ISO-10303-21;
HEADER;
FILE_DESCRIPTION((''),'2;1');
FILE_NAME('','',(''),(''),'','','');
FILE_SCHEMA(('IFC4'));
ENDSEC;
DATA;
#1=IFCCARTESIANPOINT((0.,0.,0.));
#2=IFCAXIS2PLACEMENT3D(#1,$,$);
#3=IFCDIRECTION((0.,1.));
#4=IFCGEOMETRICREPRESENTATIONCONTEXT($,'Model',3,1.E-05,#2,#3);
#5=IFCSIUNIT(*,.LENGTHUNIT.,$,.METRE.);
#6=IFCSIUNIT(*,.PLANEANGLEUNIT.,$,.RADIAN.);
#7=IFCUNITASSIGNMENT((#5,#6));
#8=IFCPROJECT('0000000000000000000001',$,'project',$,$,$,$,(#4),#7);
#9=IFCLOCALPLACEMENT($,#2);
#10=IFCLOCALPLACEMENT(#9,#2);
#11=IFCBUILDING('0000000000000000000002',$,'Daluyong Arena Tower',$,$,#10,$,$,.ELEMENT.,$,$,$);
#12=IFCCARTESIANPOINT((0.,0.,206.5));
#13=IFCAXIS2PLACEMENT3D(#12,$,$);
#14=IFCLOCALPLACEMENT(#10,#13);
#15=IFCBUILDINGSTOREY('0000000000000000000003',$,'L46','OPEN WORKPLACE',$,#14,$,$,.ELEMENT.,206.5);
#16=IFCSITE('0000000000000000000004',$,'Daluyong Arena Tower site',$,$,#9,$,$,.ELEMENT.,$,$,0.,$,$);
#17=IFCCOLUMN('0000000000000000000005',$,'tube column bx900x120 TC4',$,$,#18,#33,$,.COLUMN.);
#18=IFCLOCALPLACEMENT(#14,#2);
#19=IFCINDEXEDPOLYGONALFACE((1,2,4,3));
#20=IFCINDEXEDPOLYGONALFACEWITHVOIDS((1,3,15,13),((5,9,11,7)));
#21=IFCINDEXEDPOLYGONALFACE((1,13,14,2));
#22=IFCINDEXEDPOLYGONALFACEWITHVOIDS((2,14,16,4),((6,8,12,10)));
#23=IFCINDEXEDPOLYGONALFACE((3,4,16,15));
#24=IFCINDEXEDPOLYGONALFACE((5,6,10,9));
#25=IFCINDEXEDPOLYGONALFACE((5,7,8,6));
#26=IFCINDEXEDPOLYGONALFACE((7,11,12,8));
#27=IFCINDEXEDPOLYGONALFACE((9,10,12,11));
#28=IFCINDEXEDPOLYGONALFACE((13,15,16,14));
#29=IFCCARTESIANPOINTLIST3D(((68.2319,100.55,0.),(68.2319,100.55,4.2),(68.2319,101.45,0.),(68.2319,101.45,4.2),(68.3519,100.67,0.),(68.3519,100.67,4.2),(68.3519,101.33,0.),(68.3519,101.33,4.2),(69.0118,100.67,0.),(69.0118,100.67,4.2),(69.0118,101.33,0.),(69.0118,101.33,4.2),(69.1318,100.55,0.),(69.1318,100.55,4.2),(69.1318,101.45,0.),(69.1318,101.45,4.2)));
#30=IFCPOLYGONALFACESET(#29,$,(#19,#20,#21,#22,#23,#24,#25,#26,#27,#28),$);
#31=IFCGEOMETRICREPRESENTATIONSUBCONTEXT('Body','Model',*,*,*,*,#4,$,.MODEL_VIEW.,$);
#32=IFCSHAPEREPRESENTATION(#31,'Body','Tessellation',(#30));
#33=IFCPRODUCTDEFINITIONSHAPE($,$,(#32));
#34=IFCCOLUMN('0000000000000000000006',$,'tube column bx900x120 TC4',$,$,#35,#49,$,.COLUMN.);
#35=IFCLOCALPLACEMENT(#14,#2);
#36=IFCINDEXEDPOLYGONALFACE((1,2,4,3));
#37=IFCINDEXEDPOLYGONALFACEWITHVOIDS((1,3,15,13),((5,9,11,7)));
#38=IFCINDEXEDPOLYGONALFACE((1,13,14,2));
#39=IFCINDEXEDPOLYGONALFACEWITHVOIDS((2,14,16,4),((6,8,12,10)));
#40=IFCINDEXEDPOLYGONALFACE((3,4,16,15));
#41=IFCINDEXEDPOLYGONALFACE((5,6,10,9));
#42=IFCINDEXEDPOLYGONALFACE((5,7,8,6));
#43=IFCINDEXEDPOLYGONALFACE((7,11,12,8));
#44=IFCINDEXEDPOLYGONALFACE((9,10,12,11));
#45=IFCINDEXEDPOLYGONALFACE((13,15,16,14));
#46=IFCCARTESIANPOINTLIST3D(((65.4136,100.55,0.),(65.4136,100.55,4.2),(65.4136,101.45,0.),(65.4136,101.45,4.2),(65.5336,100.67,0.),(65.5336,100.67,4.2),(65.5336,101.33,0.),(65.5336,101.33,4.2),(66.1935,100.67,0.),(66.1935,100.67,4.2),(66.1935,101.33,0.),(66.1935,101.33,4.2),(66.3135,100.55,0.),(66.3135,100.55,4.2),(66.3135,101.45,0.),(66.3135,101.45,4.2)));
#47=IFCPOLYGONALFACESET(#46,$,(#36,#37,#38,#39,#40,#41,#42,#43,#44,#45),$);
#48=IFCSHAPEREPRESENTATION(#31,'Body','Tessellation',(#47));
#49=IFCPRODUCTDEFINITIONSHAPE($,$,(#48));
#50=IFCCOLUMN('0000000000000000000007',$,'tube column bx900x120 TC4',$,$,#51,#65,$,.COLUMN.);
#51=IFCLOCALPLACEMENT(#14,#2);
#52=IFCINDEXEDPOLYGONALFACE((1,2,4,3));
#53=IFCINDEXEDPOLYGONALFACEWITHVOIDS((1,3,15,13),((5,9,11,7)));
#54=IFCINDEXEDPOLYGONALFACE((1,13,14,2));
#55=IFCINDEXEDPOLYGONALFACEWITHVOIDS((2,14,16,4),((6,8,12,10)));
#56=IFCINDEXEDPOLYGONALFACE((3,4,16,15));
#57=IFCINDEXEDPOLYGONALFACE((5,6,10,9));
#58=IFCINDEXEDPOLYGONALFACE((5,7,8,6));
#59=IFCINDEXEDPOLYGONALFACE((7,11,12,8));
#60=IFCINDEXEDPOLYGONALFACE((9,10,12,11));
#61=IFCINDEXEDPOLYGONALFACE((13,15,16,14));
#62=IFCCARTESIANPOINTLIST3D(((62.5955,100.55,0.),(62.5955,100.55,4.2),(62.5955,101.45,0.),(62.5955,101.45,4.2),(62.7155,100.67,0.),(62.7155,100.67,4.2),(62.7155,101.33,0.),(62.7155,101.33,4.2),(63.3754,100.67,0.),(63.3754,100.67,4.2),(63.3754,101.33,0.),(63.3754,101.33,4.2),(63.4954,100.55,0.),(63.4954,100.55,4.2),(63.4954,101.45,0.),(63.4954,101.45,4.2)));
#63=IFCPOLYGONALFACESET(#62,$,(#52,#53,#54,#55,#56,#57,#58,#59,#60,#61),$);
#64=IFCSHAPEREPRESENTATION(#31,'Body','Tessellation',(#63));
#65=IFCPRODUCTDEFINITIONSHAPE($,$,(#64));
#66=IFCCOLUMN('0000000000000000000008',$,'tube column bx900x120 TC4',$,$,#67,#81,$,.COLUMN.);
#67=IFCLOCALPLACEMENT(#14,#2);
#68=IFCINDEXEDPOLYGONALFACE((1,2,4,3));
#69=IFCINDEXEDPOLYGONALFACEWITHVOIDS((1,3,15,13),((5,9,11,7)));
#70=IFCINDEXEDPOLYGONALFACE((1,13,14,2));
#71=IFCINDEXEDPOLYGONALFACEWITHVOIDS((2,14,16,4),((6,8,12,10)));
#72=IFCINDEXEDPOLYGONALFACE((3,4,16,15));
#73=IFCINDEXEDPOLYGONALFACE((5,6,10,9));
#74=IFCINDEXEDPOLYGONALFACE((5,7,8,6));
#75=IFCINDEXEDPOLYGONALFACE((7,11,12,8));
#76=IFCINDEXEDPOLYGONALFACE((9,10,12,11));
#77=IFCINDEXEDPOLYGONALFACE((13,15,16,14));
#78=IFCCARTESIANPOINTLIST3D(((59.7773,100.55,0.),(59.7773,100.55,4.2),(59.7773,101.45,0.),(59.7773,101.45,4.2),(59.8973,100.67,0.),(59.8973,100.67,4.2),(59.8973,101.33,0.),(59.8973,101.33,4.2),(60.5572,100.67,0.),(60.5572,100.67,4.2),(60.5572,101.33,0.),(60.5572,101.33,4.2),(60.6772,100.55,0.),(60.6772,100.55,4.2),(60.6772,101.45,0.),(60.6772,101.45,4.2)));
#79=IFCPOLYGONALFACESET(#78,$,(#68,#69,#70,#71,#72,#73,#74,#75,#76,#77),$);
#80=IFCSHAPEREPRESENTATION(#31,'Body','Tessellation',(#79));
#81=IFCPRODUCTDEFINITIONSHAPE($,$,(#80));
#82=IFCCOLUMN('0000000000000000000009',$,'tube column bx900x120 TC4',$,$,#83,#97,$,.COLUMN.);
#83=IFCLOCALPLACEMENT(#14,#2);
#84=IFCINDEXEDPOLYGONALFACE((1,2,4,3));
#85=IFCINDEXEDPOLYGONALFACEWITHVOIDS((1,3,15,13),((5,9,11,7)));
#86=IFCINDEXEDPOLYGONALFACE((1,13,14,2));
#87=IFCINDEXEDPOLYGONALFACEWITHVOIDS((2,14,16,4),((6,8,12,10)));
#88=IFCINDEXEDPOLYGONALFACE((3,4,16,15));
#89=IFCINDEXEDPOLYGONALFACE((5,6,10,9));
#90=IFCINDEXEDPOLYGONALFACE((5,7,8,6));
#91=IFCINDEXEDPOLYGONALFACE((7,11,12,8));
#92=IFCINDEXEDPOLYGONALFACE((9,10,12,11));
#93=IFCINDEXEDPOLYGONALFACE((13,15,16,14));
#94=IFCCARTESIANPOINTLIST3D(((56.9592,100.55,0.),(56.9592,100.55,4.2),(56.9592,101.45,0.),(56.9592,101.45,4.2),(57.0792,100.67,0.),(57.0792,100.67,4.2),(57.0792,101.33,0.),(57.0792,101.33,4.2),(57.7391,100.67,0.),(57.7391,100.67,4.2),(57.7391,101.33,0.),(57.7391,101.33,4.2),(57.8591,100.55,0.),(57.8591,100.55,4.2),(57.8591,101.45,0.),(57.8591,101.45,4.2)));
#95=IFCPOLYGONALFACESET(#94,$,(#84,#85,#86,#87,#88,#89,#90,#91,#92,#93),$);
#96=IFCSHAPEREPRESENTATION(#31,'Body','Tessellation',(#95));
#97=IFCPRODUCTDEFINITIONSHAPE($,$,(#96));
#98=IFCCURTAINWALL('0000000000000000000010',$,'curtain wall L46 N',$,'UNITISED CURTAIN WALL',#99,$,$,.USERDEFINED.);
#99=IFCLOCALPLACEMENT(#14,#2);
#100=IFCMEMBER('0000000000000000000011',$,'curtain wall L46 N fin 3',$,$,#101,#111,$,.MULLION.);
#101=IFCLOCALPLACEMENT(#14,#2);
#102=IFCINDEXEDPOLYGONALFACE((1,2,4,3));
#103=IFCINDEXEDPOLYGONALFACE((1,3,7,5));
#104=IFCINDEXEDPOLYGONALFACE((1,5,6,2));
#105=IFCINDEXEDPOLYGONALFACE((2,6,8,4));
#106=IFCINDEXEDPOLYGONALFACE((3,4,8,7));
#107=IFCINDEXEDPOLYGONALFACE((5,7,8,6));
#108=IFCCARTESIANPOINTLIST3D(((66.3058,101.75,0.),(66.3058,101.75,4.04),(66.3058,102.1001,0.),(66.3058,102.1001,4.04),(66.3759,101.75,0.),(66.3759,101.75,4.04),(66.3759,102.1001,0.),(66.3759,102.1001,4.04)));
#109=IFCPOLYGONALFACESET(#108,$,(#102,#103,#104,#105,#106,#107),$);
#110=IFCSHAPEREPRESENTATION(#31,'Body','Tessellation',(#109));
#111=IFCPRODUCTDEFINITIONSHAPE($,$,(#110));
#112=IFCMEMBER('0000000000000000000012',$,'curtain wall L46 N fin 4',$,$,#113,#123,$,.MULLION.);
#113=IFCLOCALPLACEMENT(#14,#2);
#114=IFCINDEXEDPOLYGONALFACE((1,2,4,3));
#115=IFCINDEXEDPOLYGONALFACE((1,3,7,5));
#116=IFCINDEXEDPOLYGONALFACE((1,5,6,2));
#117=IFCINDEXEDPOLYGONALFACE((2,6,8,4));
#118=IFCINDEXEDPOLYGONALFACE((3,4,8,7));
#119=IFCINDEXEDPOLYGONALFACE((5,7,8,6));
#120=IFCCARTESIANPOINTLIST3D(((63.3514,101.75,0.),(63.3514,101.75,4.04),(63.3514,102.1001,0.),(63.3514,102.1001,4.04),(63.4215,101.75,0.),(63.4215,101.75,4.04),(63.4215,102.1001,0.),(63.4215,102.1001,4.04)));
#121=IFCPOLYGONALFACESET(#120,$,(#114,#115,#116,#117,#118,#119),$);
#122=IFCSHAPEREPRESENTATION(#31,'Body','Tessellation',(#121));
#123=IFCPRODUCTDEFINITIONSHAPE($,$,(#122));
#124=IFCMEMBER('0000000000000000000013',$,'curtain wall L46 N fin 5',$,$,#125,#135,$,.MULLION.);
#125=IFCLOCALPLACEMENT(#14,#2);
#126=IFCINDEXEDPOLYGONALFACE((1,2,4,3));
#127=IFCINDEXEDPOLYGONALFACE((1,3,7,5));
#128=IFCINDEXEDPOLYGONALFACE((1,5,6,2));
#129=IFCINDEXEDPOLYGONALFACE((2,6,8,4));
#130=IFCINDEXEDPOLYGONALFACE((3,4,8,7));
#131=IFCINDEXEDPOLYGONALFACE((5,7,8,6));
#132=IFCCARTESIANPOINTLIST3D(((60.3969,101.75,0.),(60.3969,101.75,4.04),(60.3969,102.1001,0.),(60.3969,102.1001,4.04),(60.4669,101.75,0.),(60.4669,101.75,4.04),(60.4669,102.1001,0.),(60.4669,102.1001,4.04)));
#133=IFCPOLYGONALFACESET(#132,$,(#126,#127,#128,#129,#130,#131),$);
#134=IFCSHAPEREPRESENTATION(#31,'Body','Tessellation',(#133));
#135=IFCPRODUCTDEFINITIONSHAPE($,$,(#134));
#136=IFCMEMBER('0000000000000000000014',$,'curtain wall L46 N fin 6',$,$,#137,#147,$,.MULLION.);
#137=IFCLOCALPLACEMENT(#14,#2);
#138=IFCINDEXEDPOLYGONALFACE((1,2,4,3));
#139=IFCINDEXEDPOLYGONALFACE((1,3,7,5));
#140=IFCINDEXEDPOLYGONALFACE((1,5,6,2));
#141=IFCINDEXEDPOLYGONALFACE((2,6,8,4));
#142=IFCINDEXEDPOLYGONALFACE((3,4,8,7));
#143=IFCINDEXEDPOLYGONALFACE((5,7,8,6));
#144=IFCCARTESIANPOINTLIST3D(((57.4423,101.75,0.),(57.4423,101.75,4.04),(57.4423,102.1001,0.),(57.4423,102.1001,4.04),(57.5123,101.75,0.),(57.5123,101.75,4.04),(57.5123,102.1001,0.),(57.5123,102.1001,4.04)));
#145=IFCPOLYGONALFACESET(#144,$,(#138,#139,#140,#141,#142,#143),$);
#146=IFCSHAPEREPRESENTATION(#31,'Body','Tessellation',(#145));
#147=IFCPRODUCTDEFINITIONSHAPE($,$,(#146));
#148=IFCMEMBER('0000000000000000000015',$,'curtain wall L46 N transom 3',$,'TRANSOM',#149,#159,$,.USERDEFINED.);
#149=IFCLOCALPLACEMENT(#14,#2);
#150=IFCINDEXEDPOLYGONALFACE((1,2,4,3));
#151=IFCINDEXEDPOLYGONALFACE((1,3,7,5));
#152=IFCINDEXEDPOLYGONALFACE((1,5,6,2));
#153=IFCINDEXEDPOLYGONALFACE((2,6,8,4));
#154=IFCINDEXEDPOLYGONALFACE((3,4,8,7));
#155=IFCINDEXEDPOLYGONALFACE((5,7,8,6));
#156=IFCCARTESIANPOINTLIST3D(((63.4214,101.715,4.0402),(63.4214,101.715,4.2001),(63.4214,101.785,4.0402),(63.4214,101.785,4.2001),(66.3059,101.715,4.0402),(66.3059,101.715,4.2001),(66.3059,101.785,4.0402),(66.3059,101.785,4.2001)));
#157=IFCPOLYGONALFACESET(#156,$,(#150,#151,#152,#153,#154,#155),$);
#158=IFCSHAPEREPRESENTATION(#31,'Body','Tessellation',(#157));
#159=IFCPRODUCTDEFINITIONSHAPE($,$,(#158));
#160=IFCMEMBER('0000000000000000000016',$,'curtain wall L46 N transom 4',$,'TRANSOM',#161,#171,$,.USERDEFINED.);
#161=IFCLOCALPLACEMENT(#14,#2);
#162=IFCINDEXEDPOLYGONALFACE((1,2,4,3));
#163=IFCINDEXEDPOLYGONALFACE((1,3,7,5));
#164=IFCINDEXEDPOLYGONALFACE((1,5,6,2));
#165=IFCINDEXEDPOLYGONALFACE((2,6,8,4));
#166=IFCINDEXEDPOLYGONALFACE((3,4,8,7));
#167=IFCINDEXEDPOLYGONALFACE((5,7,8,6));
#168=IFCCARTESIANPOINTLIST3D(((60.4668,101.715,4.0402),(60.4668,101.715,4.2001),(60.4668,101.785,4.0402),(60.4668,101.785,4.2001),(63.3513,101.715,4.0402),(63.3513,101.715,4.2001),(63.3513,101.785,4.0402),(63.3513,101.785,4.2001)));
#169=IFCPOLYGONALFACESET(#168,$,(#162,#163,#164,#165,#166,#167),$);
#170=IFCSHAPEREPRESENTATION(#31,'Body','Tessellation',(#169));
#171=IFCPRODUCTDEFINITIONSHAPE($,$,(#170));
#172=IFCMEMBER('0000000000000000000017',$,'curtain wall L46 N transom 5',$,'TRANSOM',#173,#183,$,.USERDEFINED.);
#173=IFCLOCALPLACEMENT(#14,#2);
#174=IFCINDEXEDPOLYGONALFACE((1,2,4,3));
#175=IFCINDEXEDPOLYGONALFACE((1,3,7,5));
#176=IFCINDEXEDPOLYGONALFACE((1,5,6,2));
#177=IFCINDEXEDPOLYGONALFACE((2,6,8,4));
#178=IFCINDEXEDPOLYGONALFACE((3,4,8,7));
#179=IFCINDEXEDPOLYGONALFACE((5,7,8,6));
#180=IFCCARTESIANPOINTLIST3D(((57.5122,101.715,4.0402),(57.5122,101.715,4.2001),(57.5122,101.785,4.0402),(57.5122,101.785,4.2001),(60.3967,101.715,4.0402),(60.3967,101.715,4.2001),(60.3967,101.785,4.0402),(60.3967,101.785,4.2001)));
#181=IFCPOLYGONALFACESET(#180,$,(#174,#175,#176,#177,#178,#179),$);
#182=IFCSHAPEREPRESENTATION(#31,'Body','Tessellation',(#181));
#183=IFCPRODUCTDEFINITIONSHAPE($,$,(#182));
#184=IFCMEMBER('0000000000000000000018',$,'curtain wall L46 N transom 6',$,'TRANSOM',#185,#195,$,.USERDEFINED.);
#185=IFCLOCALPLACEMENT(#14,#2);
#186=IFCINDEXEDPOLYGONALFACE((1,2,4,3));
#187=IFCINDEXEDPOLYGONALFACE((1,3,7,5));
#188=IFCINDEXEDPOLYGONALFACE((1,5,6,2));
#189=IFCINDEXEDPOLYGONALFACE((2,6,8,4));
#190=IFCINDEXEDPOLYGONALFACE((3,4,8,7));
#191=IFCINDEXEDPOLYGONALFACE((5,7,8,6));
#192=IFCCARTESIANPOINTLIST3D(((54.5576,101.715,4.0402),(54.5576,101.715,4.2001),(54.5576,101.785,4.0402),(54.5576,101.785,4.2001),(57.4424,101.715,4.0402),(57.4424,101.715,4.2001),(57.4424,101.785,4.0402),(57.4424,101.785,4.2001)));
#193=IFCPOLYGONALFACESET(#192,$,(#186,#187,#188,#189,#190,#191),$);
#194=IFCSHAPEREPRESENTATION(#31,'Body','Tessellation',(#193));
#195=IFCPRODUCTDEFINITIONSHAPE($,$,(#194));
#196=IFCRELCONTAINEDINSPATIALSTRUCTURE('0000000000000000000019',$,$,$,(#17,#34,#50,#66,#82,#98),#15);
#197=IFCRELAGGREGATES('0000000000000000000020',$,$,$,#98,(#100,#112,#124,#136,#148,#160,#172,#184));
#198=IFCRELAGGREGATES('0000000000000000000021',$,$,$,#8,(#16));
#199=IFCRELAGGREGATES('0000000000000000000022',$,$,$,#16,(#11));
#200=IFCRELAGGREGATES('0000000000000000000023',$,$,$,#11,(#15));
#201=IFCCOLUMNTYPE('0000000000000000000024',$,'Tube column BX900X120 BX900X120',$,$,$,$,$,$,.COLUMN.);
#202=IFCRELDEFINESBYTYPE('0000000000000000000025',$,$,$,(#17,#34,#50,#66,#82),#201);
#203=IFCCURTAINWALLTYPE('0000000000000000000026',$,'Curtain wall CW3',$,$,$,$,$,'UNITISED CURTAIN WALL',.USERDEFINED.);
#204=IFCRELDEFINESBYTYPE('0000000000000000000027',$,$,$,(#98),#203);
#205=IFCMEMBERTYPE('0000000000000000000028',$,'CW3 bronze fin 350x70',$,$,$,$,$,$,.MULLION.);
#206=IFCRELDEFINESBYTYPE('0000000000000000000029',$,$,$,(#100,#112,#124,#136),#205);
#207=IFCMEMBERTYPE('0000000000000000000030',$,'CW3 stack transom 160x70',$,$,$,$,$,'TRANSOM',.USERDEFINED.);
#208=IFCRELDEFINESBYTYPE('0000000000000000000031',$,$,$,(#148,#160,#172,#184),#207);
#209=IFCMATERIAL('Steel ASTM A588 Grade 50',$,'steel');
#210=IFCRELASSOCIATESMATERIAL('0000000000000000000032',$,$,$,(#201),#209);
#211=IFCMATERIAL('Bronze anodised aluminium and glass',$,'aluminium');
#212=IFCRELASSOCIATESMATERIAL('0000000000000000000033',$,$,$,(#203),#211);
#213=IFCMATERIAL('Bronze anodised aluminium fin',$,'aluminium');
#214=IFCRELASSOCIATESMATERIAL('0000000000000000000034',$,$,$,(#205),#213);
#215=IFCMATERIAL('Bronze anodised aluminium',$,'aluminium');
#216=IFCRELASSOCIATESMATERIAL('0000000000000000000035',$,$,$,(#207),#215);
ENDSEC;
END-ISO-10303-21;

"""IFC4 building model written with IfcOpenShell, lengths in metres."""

from ifc_helpers import new_model, si_unit, direction, frame, origin, origin_2d, place, context, subcontext, project, spatial, rectangle, hollow_rectangle, extrude, material, material_profile, profile_set, type_object, element, aggregate, save


model = new_model("IFC4")

# Units and contexts
model_context = context("Model", 3, precision=1e-05, world=origin(), true_north=direction((0.0, 1.0)))
body_context = subcontext(model_context, "Body", "Model", "MODEL_VIEW")
ifc_project = project(units=[si_unit("LENGTHUNIT", "METRE"), si_unit("PLANEANGLEUNIT", "RADIAN")], contexts=[model_context])

# Site, building, storey
site_placement = place(None, origin())
site = spatial("IfcSite", under=ifc_project, at=site_placement, Name="Daluyong Arena Tower site", CompositionType="ELEMENT", RefElevation=0.0)
building_placement = place(site_placement, origin())
building = spatial("IfcBuilding", under=site, at=building_placement, Name="Daluyong Arena Tower", CompositionType="ELEMENT")
storey_placement = place(building_placement, frame((0.0, 0.0, 206.5)))
storey = spatial("IfcBuildingStorey", under=building, at=storey_placement, Name="L46", Description="OPEN WORKPLACE", CompositionType="ELEMENT", Elevation=206.5)

# Columns
ifc_material_1 = material(Name="Steel ASTM A588 Grade 50", Category="steel")
ifc_material_profile_1 = material_profile(ifc_material_1, hollow_rectangle(XDim=0.8999, YDim=0.8999, WallThickness=0.12, at=origin_2d()))
ifc_profile_set_1 = profile_set([ifc_material_profile_1], Name="Steel ASTM A588 Grade 50")
column_type = type_object("IfcColumnType", Name="Tube column BX900X120 BX900X120", PredefinedType="COLUMN", material=ifc_profile_set_1)
for number, where, z_axis, x_axis, name in (
    (1, (68.6819, 101.0, 0.0), (0.0, 0.0, 1.0), (1.0, 0.0, 0.0), "tube column bx900x120 TC4"),
    (2, (65.8635, 101.0, 0.0), (0.0, 0.0, 1.0), (1.0, 0.0, 0.0), "tube column bx900x120 TC4"),
    (3, (63.0454, 101.0, 0.0), (0.0, 0.0, 1.0), (1.0, 0.0, 0.0), "tube column bx900x120 TC4"),
    (4, (60.2273, 101.0, 0.0), (0.0, 0.0, 1.0), (1.0, 0.0, 0.0), "tube column bx900x120 TC4"),
    (5, (57.4092, 101.0, 0.0), (0.0, 0.0, 1.0), (1.0, 0.0, 0.0), "tube column bx900x120 TC4"),
):
    element("IfcColumn", number, at=place(storey_placement, frame(where, z_axis=z_axis, x_axis=x_axis)), inside=storey, type_object=column_type, Name=name, PredefinedType="COLUMN", context=body_context, shape_type="SweptSolid", body=[
        extrude(hollow_rectangle(XDim=0.8999, YDim=0.8999, WallThickness=0.12, at=origin_2d()), origin(), (0.0, 0.0, 1.0), 4.2),
    ])

# Curtain wall, members
ifc_material_2 = material(Name="Bronze anodised aluminium and glass", Category="aluminium")
curtain_wall_type = type_object("IfcCurtainWallType", Name="Curtain wall CW3", ElementType="UNITISED CURTAIN WALL", PredefinedType="USERDEFINED", material=ifc_material_2)
curtain_wall_placement = place(storey_placement, origin())
curtain_wall = element("IfcCurtainWall", 6, at=curtain_wall_placement, inside=storey, type_object=curtain_wall_type, Name="curtain wall L46 N", ObjectType="UNITISED CURTAIN WALL", PredefinedType="USERDEFINED")
ifc_material_3 = material(Name="Bronze anodised aluminium fin", Category="aluminium")
ifc_material_profile_2 = material_profile(ifc_material_3, rectangle(XDim=0.3501, YDim=0.0701, at=origin_2d()))
ifc_profile_set_2 = profile_set([ifc_material_profile_2], Name="Bronze anodised aluminium fin")
member_type_1 = type_object("IfcMemberType", Name="CW3 bronze fin 350x70", PredefinedType="MULLION", material=ifc_profile_set_2)
member_1_placement = place(storey_placement, frame((66.3408, 101.925, 0.0), z_axis=(0.0, 0.0, 1.0), x_axis=(0.0, -1.0, 0.0)))
member_1 = element("IfcMember", 7, at=member_1_placement, type_object=member_type_1, Name="curtain wall L46 N fin 3", PredefinedType="MULLION", context=body_context, shape_type="SweptSolid", body=[
    extrude(rectangle(XDim=0.3501, YDim=0.0701, at=origin_2d()), origin(), (0.0, 0.0, 1.0), 4.04),
])
member_2_placement = place(storey_placement, frame((63.3865, 101.925, 0.0), z_axis=(0.0, 0.0, 1.0), x_axis=(0.0, -1.0, 0.0)))
member_2 = element("IfcMember", 8, at=member_2_placement, type_object=member_type_1, Name="curtain wall L46 N fin 4", PredefinedType="MULLION", context=body_context, shape_type="SweptSolid", body=[
    extrude(rectangle(XDim=0.3501, YDim=0.0701, at=origin_2d()), origin(), (0.0, 0.0, 1.0), 4.04),
])
member_3_placement = place(storey_placement, frame((60.4319, 101.925, 0.0), z_axis=(0.0, 0.0, 1.0), x_axis=(0.0, -1.0, 0.0)))
member_3 = element("IfcMember", 9, at=member_3_placement, type_object=member_type_1, Name="curtain wall L46 N fin 5", PredefinedType="MULLION", context=body_context, shape_type="SweptSolid", body=[
    extrude(rectangle(XDim=0.3501, YDim=0.0701, at=origin_2d()), origin(), (0.0, 0.0, 1.0), 4.04),
])
member_4_placement = place(storey_placement, frame((57.4773, 101.925, 0.0), z_axis=(0.0, 0.0, 1.0), x_axis=(0.0, -1.0, 0.0)))
member_4 = element("IfcMember", 10, at=member_4_placement, type_object=member_type_1, Name="curtain wall L46 N fin 6", PredefinedType="MULLION", context=body_context, shape_type="SweptSolid", body=[
    extrude(rectangle(XDim=0.3501, YDim=0.0701, at=origin_2d()), origin(), (0.0, 0.0, 1.0), 4.04),
])
ifc_material_4 = material(Name="Bronze anodised aluminium", Category="aluminium")
ifc_material_profile_3 = material_profile(ifc_material_4, rectangle(XDim=0.0701, YDim=0.1599, at=origin_2d()))
ifc_profile_set_3 = profile_set([ifc_material_profile_3], Name="Bronze anodised aluminium")
member_type_2 = type_object("IfcMemberType", Name="CW3 stack transom 160x70", ElementType="TRANSOM", PredefinedType="USERDEFINED", material=ifc_profile_set_3)
member_5_placement = place(storey_placement, frame((66.3059, 101.75, 4.1201), z_axis=(-1.0, 0.0, 0.0), x_axis=(0.0, -1.0, 0.0)))
member_5 = element("IfcMember", 11, at=member_5_placement, type_object=member_type_2, Name="curtain wall L46 N transom 3", ObjectType="TRANSOM", PredefinedType="USERDEFINED", context=body_context, shape_type="SweptSolid", body=[
    extrude(rectangle(XDim=0.0701, YDim=0.1599, at=origin_2d()), origin(), (0.0, 0.0, 1.0), 2.8845),
])
member_6_placement = place(storey_placement, frame((63.3513, 101.75, 4.1201), z_axis=(-1.0, 0.0, 0.0), x_axis=(0.0, -1.0, 0.0)))
member_6 = element("IfcMember", 12, at=member_6_placement, type_object=member_type_2, Name="curtain wall L46 N transom 4", ObjectType="TRANSOM", PredefinedType="USERDEFINED", context=body_context, shape_type="SweptSolid", body=[
    extrude(rectangle(XDim=0.0701, YDim=0.1599, at=origin_2d()), origin(), (0.0, 0.0, 1.0), 2.8845),
])
member_7_placement = place(storey_placement, frame((60.3967, 101.75, 4.1201), z_axis=(-1.0, 0.0, 0.0), x_axis=(0.0, -1.0, 0.0)))
member_7 = element("IfcMember", 13, at=member_7_placement, type_object=member_type_2, Name="curtain wall L46 N transom 5", ObjectType="TRANSOM", PredefinedType="USERDEFINED", context=body_context, shape_type="SweptSolid", body=[
    extrude(rectangle(XDim=0.0701, YDim=0.1599, at=origin_2d()), origin(), (0.0, 0.0, 1.0), 2.8845),
])
member_8_placement = place(storey_placement, frame((57.4424, 101.75, 4.1201), z_axis=(-1.0, 0.0, 0.0), x_axis=(0.0, -1.0, 0.0)))
member_8 = element("IfcMember", 14, at=member_8_placement, type_object=member_type_2, Name="curtain wall L46 N transom 6", ObjectType="TRANSOM", PredefinedType="USERDEFINED", context=body_context, shape_type="SweptSolid", body=[
    extrude(rectangle(XDim=0.0701, YDim=0.1599, at=origin_2d()), origin(), (0.0, 0.0, 1.0), 2.8848),
])

aggregate(curtain_wall, [member_1, member_2, member_3, member_4, member_5, member_6, member_7, member_8])

save(model, "model.ifc")
